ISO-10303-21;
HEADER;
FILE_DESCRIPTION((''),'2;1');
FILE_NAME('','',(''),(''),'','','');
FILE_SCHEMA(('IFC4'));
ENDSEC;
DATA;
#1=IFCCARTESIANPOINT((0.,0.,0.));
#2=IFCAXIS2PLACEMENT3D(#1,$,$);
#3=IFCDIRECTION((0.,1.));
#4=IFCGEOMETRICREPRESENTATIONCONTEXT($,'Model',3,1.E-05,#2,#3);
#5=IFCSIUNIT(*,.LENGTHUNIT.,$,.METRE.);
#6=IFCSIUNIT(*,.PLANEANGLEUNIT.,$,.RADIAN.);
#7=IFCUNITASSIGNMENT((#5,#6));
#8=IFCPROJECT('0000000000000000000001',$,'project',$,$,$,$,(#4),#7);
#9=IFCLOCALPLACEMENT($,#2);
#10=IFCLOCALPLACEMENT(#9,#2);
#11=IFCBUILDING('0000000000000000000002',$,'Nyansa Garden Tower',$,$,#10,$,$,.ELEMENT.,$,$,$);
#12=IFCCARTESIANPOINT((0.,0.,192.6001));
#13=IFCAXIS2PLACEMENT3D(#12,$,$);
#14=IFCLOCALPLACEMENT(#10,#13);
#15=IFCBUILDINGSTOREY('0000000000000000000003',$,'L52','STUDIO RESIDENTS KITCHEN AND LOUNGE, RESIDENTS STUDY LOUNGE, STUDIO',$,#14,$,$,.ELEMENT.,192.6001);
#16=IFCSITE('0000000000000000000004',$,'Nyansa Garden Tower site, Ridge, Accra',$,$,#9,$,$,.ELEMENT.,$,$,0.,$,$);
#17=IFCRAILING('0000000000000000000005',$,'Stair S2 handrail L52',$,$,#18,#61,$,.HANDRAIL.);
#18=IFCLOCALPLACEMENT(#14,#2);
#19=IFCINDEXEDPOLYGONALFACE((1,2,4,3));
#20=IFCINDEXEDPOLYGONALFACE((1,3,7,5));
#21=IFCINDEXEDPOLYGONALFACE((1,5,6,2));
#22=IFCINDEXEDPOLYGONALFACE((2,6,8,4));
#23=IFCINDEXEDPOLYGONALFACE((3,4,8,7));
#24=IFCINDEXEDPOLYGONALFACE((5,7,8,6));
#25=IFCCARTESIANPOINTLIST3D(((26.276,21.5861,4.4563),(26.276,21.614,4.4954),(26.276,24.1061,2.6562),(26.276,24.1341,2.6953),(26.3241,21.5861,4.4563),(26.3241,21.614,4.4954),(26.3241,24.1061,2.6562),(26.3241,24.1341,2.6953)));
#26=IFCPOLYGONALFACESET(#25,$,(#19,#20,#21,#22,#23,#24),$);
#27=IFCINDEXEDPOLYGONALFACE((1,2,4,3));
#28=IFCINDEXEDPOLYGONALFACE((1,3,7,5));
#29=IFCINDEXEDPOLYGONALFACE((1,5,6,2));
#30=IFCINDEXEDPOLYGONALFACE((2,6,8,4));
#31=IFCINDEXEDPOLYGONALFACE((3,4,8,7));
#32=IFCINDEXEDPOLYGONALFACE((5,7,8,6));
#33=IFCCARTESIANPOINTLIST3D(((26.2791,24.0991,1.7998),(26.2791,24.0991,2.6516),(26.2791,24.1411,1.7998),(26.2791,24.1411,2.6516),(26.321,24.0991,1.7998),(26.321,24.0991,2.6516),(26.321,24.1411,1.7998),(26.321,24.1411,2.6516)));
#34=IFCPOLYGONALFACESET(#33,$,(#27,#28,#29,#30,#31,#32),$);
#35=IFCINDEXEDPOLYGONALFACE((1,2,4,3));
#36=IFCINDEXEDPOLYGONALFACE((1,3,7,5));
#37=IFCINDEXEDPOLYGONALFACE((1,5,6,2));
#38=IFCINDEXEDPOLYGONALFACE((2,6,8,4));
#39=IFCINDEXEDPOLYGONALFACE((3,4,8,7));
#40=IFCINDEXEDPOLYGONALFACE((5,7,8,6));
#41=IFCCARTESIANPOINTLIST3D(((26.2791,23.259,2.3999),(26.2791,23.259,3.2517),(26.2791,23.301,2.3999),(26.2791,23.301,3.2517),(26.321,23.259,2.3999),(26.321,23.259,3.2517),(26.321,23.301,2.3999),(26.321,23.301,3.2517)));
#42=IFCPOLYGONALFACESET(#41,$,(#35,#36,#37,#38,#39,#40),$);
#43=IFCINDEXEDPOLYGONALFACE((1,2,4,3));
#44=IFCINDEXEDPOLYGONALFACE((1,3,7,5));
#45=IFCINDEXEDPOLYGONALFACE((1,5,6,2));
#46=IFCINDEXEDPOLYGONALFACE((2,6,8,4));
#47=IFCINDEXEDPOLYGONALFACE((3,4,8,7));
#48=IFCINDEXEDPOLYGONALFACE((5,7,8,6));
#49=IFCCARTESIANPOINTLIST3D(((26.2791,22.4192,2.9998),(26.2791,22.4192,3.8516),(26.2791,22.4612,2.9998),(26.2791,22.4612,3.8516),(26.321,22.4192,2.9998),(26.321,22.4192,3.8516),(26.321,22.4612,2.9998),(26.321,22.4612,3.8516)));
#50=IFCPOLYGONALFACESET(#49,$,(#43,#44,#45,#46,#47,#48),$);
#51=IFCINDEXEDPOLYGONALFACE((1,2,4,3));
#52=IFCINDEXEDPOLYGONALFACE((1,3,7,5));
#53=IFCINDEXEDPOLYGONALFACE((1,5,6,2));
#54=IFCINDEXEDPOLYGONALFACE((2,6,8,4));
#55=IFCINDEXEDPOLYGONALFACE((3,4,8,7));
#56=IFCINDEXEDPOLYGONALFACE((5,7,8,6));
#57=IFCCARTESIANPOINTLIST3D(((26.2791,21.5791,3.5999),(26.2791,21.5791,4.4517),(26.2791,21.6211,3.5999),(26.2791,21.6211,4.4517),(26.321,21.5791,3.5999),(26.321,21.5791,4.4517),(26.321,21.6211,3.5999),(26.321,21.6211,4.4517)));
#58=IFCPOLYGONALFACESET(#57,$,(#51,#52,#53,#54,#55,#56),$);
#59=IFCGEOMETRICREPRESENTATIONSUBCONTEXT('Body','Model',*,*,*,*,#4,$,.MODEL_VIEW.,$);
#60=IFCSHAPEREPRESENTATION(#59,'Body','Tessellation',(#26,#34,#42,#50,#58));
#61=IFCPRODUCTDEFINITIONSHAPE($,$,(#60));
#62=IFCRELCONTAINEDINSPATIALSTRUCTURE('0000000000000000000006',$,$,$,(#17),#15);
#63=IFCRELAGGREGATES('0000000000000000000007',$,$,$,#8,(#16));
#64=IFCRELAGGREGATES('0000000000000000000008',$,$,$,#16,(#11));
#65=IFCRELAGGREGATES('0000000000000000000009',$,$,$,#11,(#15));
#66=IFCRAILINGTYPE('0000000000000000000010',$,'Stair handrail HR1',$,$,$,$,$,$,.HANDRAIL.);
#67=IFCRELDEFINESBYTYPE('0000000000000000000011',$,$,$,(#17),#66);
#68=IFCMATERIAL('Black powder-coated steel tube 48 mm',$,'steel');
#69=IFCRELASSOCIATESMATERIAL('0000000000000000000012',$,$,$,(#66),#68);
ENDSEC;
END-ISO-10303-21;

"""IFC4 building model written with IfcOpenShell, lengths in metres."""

from ifc_helpers import new_model, si_unit, direction, frame, origin, origin_2d, place, context, subcontext, project, spatial, rectangle, extrude, material, type_object, element, save


model = new_model("IFC4")

# Units and contexts
model_context = context("Model", 3, precision=1e-05, world=origin(), true_north=direction((0.0, 1.0)))
body_context = subcontext(model_context, "Body", "Model", "MODEL_VIEW")
ifc_project = project(units=[si_unit("LENGTHUNIT", "METRE"), si_unit("PLANEANGLEUNIT", "RADIAN")], contexts=[model_context])

# Site, building, storey
site_placement = place(None, origin())
site = spatial("IfcSite", under=ifc_project, at=site_placement, Name="Nyansa Garden Tower site, Ridge, Accra", CompositionType="ELEMENT", RefElevation=0.0)
building_placement = place(site_placement, origin())
building = spatial("IfcBuilding", under=site, at=building_placement, Name="Nyansa Garden Tower", CompositionType="ELEMENT")
storey_placement = place(building_placement, frame((0.0, 0.0, 192.6001)))
storey = spatial("IfcBuildingStorey", under=building, at=storey_placement, Name="L52", Description="STUDIO RESIDENTS KITCHEN AND LOUNGE, RESIDENTS STUDY LOUNGE, STUDIO", CompositionType="ELEMENT", Elevation=192.6001)

# Railing
ifc_material_1 = material(Name="Black powder-coated steel tube 48 mm", Category="steel")
railing_type = type_object("IfcRailingType", Name="Stair handrail HR1", PredefinedType="HANDRAIL", material=ifc_material_1)
railing_1_placement = place(storey_placement, frame((26.3, 24.1201, 1.7998)))
element("IfcRailing", 1, at=railing_1_placement, inside=storey, type_object=railing_type, Name="Stair S2 handrail L52", PredefinedType="HANDRAIL", context=body_context, shape_type="SweptSolid", body=[
    extrude(rectangle(XDim=0.0481, YDim=0.0481, at=origin_2d()), frame((0.0, 0.0, 0.876), z_axis=(0.0, -0.813728, 0.581246), x_axis=(1.0, 0.0, 0.0)), (0.0, 0.0, 1.0), 3.0969),
    extrude(rectangle(XDim=0.042, YDim=0.042, at=origin_2d()), origin(), (0.0, 0.0, 1.0), 0.8518),
    extrude(rectangle(XDim=0.042, YDim=0.042, at=origin_2d()), frame((0.0, -0.8401, 0.6001)), (0.0, 0.0, 1.0), 0.8518),
    extrude(rectangle(XDim=0.042, YDim=0.042, at=origin_2d()), frame((0.0, -1.6799, 1.2)), (0.0, 0.0, 1.0), 0.8518),
    extrude(rectangle(XDim=0.042, YDim=0.042, at=origin_2d()), frame((0.0, -2.52, 1.8)), (0.0, 0.0, 1.0), 0.8518),
])

save(model, "model.ifc")
